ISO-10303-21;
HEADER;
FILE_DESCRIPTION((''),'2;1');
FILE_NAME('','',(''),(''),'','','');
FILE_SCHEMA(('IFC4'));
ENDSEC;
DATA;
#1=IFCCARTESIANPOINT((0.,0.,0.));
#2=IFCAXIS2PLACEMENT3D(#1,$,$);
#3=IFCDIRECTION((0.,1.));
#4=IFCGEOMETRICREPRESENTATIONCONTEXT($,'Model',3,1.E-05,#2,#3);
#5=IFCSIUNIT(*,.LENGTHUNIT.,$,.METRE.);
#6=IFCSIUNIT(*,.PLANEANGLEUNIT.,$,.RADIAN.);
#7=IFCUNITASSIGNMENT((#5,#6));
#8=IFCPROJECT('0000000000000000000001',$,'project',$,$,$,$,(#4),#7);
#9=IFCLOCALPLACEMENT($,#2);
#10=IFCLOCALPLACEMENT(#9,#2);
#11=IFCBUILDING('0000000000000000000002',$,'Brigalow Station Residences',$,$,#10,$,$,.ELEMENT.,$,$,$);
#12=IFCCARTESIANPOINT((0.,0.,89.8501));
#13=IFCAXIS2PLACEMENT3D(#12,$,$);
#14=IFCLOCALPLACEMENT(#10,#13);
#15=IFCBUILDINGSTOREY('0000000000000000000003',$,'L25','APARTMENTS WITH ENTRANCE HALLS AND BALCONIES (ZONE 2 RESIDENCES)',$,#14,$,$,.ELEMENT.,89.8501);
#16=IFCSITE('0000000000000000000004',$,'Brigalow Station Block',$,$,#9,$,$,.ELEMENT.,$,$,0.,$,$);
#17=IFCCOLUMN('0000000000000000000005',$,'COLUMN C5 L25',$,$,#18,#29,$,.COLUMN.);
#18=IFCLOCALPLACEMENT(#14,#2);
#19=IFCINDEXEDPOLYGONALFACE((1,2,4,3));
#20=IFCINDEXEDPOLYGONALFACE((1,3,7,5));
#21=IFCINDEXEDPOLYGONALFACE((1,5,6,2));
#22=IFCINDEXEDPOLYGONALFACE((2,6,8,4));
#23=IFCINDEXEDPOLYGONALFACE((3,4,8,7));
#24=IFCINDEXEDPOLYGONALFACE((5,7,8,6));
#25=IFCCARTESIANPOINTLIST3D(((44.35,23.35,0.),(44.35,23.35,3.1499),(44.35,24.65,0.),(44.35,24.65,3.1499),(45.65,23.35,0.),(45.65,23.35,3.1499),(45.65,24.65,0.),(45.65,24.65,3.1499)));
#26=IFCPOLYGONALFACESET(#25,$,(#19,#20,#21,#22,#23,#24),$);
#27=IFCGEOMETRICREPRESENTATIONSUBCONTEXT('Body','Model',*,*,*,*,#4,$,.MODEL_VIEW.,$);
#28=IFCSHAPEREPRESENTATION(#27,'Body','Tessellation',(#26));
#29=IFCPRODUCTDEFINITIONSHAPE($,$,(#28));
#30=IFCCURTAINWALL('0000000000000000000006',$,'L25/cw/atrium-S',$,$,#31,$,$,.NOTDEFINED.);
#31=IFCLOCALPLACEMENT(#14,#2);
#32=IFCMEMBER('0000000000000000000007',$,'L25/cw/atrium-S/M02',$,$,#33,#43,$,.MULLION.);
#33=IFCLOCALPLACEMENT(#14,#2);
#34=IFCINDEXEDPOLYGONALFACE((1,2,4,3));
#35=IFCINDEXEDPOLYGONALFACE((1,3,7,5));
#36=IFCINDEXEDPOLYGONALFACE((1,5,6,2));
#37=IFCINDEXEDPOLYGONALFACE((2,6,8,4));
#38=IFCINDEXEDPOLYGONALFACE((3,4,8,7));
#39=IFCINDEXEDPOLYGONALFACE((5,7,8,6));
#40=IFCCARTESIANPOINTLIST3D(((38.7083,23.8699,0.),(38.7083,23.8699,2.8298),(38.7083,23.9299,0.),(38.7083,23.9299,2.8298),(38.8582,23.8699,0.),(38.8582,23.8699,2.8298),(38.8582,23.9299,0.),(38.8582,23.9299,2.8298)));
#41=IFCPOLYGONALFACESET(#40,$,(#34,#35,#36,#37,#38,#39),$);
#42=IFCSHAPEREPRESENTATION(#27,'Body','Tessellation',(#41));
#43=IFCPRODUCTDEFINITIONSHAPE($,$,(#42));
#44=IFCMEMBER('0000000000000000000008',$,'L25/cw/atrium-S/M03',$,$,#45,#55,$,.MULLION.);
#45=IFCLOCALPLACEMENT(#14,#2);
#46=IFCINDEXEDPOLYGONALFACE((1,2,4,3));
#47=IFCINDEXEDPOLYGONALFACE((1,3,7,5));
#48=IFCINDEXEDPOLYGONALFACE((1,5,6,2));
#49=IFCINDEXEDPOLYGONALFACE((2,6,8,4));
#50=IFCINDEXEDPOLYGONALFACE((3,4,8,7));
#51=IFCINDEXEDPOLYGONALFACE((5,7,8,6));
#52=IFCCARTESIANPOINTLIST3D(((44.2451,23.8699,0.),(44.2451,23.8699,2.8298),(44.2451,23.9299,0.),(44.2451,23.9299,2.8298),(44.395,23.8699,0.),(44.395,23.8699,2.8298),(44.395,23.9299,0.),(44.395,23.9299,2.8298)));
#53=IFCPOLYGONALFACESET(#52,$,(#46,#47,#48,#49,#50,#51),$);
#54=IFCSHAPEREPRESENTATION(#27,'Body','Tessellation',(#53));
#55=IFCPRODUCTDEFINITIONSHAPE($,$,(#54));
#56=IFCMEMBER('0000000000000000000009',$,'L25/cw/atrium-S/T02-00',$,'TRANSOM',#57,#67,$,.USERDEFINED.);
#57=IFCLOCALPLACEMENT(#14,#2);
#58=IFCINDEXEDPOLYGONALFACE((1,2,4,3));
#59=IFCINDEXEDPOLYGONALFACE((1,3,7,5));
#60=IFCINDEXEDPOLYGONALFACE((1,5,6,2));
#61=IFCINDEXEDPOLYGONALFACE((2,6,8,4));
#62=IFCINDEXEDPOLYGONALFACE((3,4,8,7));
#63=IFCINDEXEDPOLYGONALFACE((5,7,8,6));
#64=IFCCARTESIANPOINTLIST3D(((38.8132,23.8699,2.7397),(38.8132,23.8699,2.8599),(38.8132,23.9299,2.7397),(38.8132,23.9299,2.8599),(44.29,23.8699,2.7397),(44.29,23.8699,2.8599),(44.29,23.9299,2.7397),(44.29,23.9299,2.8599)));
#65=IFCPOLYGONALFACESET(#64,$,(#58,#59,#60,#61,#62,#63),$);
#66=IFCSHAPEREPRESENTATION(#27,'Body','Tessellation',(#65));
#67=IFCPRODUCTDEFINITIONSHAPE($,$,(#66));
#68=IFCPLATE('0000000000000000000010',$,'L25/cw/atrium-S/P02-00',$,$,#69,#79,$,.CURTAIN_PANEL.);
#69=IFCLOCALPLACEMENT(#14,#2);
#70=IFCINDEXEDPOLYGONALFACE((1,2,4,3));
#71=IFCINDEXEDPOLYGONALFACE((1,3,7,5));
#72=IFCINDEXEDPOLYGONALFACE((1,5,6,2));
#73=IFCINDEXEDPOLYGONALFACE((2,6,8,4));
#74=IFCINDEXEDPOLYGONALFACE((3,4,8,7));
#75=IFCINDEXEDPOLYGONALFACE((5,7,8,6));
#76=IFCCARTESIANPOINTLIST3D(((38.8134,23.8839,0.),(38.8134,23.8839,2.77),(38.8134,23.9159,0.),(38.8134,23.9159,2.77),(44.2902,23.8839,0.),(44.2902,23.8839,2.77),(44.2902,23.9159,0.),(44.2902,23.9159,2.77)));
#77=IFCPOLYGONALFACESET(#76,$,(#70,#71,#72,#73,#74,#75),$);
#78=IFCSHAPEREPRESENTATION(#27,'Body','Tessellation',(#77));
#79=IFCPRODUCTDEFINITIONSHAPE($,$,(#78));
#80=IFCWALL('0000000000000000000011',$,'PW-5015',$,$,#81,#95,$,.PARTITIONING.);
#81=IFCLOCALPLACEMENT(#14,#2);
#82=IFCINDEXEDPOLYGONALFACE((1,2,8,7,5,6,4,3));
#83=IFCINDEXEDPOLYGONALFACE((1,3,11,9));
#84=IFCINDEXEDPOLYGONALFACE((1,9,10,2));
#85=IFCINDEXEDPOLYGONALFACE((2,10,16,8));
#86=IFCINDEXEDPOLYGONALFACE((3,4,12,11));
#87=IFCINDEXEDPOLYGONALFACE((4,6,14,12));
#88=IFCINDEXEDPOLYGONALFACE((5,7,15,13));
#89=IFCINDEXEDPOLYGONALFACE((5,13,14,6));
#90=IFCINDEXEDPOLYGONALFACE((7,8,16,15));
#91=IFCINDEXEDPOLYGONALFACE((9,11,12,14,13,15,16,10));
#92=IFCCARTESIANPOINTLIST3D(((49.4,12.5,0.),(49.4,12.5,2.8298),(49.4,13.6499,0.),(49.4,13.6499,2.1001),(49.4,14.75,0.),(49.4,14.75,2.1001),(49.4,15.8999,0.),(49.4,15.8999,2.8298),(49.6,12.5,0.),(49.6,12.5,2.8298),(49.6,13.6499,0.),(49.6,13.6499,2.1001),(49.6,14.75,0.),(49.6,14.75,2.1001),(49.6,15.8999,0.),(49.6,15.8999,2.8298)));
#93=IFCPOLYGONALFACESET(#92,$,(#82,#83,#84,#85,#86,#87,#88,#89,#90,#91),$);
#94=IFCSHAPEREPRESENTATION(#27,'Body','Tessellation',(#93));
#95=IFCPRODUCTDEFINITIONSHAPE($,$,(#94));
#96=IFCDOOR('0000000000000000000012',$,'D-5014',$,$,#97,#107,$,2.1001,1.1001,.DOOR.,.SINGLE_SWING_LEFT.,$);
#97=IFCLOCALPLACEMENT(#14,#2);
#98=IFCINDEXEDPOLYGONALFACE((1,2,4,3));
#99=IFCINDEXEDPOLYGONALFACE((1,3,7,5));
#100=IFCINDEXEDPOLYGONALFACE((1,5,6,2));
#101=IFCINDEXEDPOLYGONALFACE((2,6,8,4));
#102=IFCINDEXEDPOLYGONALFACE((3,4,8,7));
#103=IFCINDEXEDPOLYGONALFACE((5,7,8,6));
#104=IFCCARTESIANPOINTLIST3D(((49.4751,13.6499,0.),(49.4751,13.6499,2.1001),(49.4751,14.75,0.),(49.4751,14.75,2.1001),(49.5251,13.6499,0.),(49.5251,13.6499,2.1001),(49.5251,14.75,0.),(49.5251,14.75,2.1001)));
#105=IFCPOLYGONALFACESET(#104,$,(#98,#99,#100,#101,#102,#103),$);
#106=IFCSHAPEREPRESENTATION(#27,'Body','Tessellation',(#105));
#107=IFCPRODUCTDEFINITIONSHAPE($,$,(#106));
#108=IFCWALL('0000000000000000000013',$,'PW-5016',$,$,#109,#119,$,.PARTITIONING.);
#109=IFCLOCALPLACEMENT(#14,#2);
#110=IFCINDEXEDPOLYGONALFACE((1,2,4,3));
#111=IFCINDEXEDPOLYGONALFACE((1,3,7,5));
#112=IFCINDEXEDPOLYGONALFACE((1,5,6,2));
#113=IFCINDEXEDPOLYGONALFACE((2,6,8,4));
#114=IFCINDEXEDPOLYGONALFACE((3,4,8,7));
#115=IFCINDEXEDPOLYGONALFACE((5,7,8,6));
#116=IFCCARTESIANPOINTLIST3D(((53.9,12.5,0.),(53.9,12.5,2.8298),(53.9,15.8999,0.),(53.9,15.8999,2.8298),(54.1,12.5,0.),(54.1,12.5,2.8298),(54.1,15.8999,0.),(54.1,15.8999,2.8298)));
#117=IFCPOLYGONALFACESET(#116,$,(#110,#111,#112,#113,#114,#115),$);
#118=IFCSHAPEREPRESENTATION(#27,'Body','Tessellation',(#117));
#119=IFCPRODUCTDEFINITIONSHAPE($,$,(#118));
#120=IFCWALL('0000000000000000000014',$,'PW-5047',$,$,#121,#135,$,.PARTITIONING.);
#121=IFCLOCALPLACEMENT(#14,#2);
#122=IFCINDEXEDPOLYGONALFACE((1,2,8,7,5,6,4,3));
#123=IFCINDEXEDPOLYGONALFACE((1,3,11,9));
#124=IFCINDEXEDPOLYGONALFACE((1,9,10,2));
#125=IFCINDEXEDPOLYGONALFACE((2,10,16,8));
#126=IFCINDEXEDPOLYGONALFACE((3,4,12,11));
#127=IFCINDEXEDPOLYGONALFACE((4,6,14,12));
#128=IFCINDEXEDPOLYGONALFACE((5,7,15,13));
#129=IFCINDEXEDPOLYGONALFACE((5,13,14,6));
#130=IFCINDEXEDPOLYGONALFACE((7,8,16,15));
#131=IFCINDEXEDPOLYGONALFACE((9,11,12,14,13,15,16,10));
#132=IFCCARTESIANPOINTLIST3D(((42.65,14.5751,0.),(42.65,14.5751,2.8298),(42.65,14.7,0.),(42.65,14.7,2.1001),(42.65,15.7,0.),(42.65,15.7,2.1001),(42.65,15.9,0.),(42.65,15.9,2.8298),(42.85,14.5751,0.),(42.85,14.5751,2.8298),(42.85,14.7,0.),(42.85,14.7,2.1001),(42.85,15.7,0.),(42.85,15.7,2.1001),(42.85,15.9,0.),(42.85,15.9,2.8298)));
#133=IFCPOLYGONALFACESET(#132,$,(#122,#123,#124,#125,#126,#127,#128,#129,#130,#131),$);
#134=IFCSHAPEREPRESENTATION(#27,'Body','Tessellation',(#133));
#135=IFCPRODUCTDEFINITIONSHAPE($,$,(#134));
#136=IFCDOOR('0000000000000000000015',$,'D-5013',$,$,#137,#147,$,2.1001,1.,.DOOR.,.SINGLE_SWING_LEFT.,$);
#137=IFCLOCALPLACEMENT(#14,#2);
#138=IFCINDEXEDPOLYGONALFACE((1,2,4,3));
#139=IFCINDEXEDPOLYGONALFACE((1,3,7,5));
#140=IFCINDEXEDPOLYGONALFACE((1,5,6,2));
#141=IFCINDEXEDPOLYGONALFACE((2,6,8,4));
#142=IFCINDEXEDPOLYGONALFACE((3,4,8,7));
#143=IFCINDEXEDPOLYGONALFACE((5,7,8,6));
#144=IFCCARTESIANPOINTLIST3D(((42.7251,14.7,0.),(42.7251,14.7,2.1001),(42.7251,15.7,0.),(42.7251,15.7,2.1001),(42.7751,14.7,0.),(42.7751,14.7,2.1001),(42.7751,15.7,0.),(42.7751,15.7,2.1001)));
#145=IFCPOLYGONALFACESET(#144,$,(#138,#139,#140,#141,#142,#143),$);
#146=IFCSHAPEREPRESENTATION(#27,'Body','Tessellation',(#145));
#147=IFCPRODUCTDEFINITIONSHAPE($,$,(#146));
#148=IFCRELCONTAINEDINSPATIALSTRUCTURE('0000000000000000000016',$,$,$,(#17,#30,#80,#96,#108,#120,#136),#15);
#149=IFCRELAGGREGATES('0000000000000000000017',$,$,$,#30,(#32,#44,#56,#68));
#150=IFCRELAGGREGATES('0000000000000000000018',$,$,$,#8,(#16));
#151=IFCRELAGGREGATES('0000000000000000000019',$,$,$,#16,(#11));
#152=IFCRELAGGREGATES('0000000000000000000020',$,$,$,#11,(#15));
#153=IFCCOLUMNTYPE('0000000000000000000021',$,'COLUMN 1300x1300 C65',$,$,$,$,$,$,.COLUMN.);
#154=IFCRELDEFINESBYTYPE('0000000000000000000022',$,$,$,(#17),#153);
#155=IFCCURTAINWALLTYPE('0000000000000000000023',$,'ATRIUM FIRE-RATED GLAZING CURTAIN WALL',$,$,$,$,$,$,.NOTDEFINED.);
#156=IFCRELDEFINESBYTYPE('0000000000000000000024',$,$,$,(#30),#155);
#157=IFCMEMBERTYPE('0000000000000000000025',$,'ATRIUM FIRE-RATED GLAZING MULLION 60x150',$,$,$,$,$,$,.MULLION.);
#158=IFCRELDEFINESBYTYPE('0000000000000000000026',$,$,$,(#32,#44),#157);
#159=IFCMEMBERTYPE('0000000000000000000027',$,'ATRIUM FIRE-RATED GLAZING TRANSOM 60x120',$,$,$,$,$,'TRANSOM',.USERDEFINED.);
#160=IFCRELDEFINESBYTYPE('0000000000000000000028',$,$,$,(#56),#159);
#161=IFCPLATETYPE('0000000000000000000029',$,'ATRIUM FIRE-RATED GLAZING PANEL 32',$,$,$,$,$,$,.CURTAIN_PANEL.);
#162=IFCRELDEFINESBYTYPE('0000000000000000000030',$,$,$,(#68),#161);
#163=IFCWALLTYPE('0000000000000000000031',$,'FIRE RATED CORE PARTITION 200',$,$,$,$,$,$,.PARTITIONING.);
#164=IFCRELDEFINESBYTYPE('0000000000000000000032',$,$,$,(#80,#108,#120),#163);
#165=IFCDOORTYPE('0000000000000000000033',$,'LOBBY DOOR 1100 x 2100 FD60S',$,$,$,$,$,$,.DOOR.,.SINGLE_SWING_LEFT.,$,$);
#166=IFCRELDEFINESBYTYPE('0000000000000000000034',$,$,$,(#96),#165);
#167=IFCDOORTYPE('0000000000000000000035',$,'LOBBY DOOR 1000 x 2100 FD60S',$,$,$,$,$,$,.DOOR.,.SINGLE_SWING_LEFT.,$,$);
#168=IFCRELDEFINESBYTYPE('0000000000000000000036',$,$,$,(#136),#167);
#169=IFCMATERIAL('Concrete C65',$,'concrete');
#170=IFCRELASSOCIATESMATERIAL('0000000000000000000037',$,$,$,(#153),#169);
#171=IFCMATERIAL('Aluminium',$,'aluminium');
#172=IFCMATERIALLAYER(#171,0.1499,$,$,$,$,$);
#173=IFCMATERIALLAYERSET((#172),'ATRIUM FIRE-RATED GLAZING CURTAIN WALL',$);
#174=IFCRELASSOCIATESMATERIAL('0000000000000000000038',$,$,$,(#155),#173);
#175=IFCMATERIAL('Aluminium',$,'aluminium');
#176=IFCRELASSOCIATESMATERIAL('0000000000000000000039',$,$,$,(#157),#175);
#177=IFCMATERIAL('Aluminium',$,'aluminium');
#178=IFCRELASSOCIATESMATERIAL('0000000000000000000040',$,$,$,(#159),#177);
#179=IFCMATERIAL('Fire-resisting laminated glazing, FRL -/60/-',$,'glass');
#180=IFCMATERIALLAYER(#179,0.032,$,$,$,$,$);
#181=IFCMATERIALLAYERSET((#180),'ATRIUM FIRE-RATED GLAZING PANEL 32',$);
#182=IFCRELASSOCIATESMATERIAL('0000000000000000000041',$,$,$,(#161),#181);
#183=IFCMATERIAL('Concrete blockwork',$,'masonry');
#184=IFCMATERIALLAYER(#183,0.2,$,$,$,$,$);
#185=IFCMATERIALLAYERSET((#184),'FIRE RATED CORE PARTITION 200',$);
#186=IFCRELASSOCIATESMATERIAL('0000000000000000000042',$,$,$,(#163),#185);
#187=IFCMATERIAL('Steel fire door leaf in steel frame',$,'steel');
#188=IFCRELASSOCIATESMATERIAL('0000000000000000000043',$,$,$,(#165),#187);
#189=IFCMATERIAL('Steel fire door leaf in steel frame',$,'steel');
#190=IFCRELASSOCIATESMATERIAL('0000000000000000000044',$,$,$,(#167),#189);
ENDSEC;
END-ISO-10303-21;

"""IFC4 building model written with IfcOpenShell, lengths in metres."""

from ifc_helpers import new_model, si_unit, direction, frame, frame_2d, origin, origin_2d, place, context, subcontext, project, spatial, rectangle, extrude, material, layer, layer_set, material_profile, profile_set, type_object, element, fill, aggregate, save


model = new_model("IFC4")

# Units and contexts
model_context = context("Model", 3, precision=1e-05, world=origin(), true_north=direction((0.0, 1.0)))
body_context = subcontext(model_context, "Body", "Model", "MODEL_VIEW")
ifc_project = project(units=[si_unit("LENGTHUNIT", "METRE"), si_unit("PLANEANGLEUNIT", "RADIAN")], contexts=[model_context])

# Site, building, storey
site_placement = place(None, origin())
site = spatial("IfcSite", under=ifc_project, at=site_placement, Name="Brigalow Station Block", CompositionType="ELEMENT", RefElevation=0.0)
building_placement = place(site_placement, origin())
building = spatial("IfcBuilding", under=site, at=building_placement, Name="Brigalow Station Residences", CompositionType="ELEMENT")
storey_placement = place(building_placement, frame((0.0, 0.0, 89.8501)))
storey = spatial("IfcBuildingStorey", under=building, at=storey_placement, Name="L25", Description="APARTMENTS WITH ENTRANCE HALLS AND BALCONIES (ZONE 2 RESIDENCES)", CompositionType="ELEMENT", Elevation=89.8501)

# Column
ifc_material_1 = material(Name="Concrete C65", Category="concrete")
ifc_material_profile_1 = material_profile(ifc_material_1, rectangle(XDim=1.3, YDim=1.3, at=origin_2d()), Name="RC1300x1300")
ifc_profile_set_1 = profile_set([ifc_material_profile_1], Name="Concrete C65")
column_type = type_object("IfcColumnType", Name="COLUMN 1300x1300 C65", PredefinedType="COLUMN", material=ifc_profile_set_1)
column_placement = place(storey_placement, frame((45.0, 24.0, 0.0), z_axis=(0.0, 0.0, 1.0), x_axis=(1.0, 0.0, 0.0)))
element("IfcColumn", 1, at=column_placement, inside=storey, type_object=column_type, Name="COLUMN C5 L25", PredefinedType="COLUMN", context=body_context, shape_type="SweptSolid", body=[
    extrude(rectangle(XDim=1.3, YDim=1.3, at=origin_2d()), origin(), (0.0, 0.0, 1.0), 3.1499),
])

# Curtain wall, members, plate
ifc_material_2 = material(Name="Aluminium", Category="aluminium")
ifc_layer_1 = layer(ifc_material_2, 0.1499)
ifc_layer_set_1 = layer_set([ifc_layer_1], Name="ATRIUM FIRE-RATED GLAZING CURTAIN WALL")
curtain_wall_type = type_object("IfcCurtainWallType", Name="ATRIUM FIRE-RATED GLAZING CURTAIN WALL", PredefinedType="NOTDEFINED", material=ifc_layer_set_1)
curtain_wall_placement = place(storey_placement, origin())
curtain_wall = element("IfcCurtainWall", 2, at=curtain_wall_placement, inside=storey, type_object=curtain_wall_type, Name="L25/cw/atrium-S", PredefinedType="NOTDEFINED")
ifc_material_3 = material(Name="Aluminium", Category="aluminium")
ifc_material_profile_2 = material_profile(ifc_material_3, rectangle(XDim=0.0601, YDim=0.1499, at=origin_2d()), Name="ATRIUM FIRE-RATED GLAZING MULLION 60x150")
ifc_profile_set_2 = profile_set([ifc_material_profile_2], Name="Aluminium")
member_type_1 = type_object("IfcMemberType", Name="ATRIUM FIRE-RATED GLAZING MULLION 60x150", PredefinedType="MULLION", material=ifc_profile_set_2)
member_1_placement = place(storey_placement, frame((38.7832, 23.8999, 0.0), z_axis=(0.0, 0.0, 1.0), x_axis=(0.0, 1.0, 0.0)))
member_1 = element("IfcMember", 3, at=member_1_placement, type_object=member_type_1, Name="L25/cw/atrium-S/M02", PredefinedType="MULLION", context=body_context, shape_type="SweptSolid", body=[
    extrude(rectangle(XDim=0.0601, YDim=0.1499, at=origin_2d()), origin(), (0.0, 0.0, 1.0), 2.8298),
])
member_2_placement = place(storey_placement, frame((44.3201, 23.8999, 0.0), z_axis=(0.0, 0.0, 1.0), x_axis=(0.0, 1.0, 0.0)))
member_2 = element("IfcMember", 4, at=member_2_placement, type_object=member_type_1, Name="L25/cw/atrium-S/M03", PredefinedType="MULLION", context=body_context, shape_type="SweptSolid", body=[
    extrude(rectangle(XDim=0.0601, YDim=0.1499, at=origin_2d()), origin(), (0.0, 0.0, 1.0), 2.8298),
])
ifc_material_4 = material(Name="Aluminium", Category="aluminium")
ifc_material_profile_3 = material_profile(ifc_material_4, rectangle(XDim=0.0601, YDim=0.1201, at=origin_2d()), Name="ATRIUM FIRE-RATED GLAZING TRANSOM 60x120")
ifc_profile_set_3 = profile_set([ifc_material_profile_3], Name="Aluminium")
member_type_2 = type_object("IfcMemberType", Name="ATRIUM FIRE-RATED GLAZING TRANSOM 60x120", ElementType="TRANSOM", PredefinedType="USERDEFINED", material=ifc_profile_set_3)
member_3_placement = place(storey_placement, frame((38.8132, 23.8999, 2.7998), z_axis=(1.0, 0.0, 0.0), x_axis=(0.0, 1.0, 0.0)))
member_3 = element("IfcMember", 5, at=member_3_placement, type_object=member_type_2, Name="L25/cw/atrium-S/T02-00", ObjectType="TRANSOM", PredefinedType="USERDEFINED", context=body_context, shape_type="SweptSolid", body=[
    extrude(rectangle(XDim=0.0601, YDim=0.1201, at=origin_2d()), origin(), (0.0, 0.0, 1.0), 5.4768),
])
ifc_material_5 = material(Name="Fire-resisting laminated glazing, FRL -/60/-", Category="glass")
ifc_layer_2 = layer(ifc_material_5, 0.032)
ifc_layer_set_2 = layer_set([ifc_layer_2], Name="ATRIUM FIRE-RATED GLAZING PANEL 32")
plate_type = type_object("IfcPlateType", Name="ATRIUM FIRE-RATED GLAZING PANEL 32", PredefinedType="CURTAIN_PANEL", material=ifc_layer_set_2)
plate_placement = place(storey_placement, frame((41.5518, 23.8999, 0.0), z_axis=(0.0, 0.0, 1.0), x_axis=(1.0, 0.0, 0.0)))
plate = element("IfcPlate", 6, at=plate_placement, type_object=plate_type, Name="L25/cw/atrium-S/P02-00", PredefinedType="CURTAIN_PANEL", context=body_context, shape_type="SweptSolid", body=[
    extrude(rectangle(XDim=5.4768, YDim=0.032, at=origin_2d()), origin(), (0.0, 0.0, 1.0), 2.77),
])
aggregate(curtain_wall, [member_1, member_2, member_3, plate])

# Wall, opening, door
ifc_material_6 = material(Name="Concrete blockwork", Category="masonry")
ifc_layer_3 = layer(ifc_material_6, 0.2)
ifc_layer_set_3 = layer_set([ifc_layer_3], Name="FIRE RATED CORE PARTITION 200")
wall_type_1 = type_object("IfcWallType", Name="FIRE RATED CORE PARTITION 200", PredefinedType="PARTITIONING", material=ifc_layer_set_3)
wall_1_placement = place(storey_placement, frame((49.5, 12.5, 0.0), z_axis=(0.0, 0.0, 1.0), x_axis=(0.0, 1.0, 0.0)))
wall_1 = element("IfcWall", 7, at=wall_1_placement, inside=storey, type_object=wall_type_1, Name="PW-5015", PredefinedType="PARTITIONING", context=body_context, shape_type="SweptSolid", body=[
    extrude(rectangle(XDim=3.3999, YDim=0.2, at=frame_2d((1.7, 0.0))), origin(), (0.0, 0.0, 1.0), 2.8298),
])
opening_1_placement = place(wall_1_placement, frame((1.1499, 0.0, 0.0)))
opening_1 = element("IfcOpeningElement", 8, at=opening_1_placement, cuts=wall_1, PredefinedType="OPENING", context=body_context, shape_type="SweptSolid", body=[
    extrude(rectangle(XDim=1.1001, YDim=2.1001, at=frame_2d((0.55, 1.05))), frame((0.0, 0.1099, 0.0), z_axis=(0.0, -1.0, 0.0), x_axis=(1.0, 0.0, 0.0)), (0.0, 0.0, 1.0), 0.22),
])
ifc_material_7 = material(Name="Steel fire door leaf in steel frame", Category="steel")
door_type_1 = type_object("IfcDoorType", Name="LOBBY DOOR 1100 x 2100 FD60S", OperationType="SINGLE_SWING_LEFT", PredefinedType="DOOR", material=ifc_material_7)
door_1_placement = place(opening_1_placement, origin())
door_1 = element("IfcDoor", 9, at=door_1_placement, inside=storey, type_object=door_type_1, Name="D-5014", OperationType="SINGLE_SWING_LEFT", OverallHeight=2.1001, OverallWidth=1.1001, PredefinedType="DOOR", context=body_context, shape_type="SweptSolid", body=[
    extrude(rectangle(XDim=1.1001, YDim=2.1001, at=frame_2d((0.55, 1.05))), frame((0.0, 0.0249, 0.0), z_axis=(0.0, -1.0, 0.0), x_axis=(1.0, 0.0, 0.0)), (0.0, 0.0, 1.0), 0.05),
])
fill(opening_1, door_1)

# Wall
wall_2_placement = place(storey_placement, frame((54.0, 12.5, 0.0), z_axis=(0.0, 0.0, 1.0), x_axis=(0.0, 1.0, 0.0)))
element("IfcWall", 10, at=wall_2_placement, inside=storey, type_object=wall_type_1, Name="PW-5016", PredefinedType="PARTITIONING", context=body_context, shape_type="SweptSolid", body=[
    extrude(rectangle(XDim=3.3999, YDim=0.2, at=frame_2d((1.7, 0.0))), origin(), (0.0, 0.0, 1.0), 2.8298),
])

# Wall, opening, door
wall_3_placement = place(storey_placement, frame((42.75, 14.575, 0.0), z_axis=(0.0, 0.0, 1.0), x_axis=(0.0, 1.0, 0.0)))
wall_3 = element("IfcWall", 11, at=wall_3_placement, inside=storey, type_object=wall_type_1, Name="PW-5047", PredefinedType="PARTITIONING", context=body_context, shape_type="SweptSolid", body=[
    extrude(rectangle(XDim=1.325, YDim=0.2, at=frame_2d((0.6626, 0.0))), origin(), (0.0, 0.0, 1.0), 2.8298),
])
opening_2_placement = place(wall_3_placement, frame((0.125, 0.0, 0.0)))
opening_2 = element("IfcOpeningElement", 12, at=opening_2_placement, cuts=wall_3, PredefinedType="OPENING", context=body_context, shape_type="SweptSolid", body=[
    extrude(rectangle(XDim=1.0, YDim=2.1001, at=frame_2d((0.5, 1.05))), frame((0.0, 0.1099, 0.0), z_axis=(0.0, -1.0, 0.0), x_axis=(1.0, 0.0, 0.0)), (0.0, 0.0, 1.0), 0.22),
])
ifc_material_8 = material(Name="Steel fire door leaf in steel frame", Category="steel")
door_type_2 = type_object("IfcDoorType", Name="LOBBY DOOR 1000 x 2100 FD60S", OperationType="SINGLE_SWING_LEFT", PredefinedType="DOOR", material=ifc_material_8)
door_2_placement = place(opening_2_placement, origin())
door_2 = element("IfcDoor", 13, at=door_2_placement, inside=storey, type_object=door_type_2, Name="D-5013", OperationType="SINGLE_SWING_LEFT", OverallHeight=2.1001, OverallWidth=1.0, PredefinedType="DOOR", context=body_context, shape_type="SweptSolid", body=[
    extrude(rectangle(XDim=1.0, YDim=2.1001, at=frame_2d((0.5, 1.05))), frame((0.0, 0.0249, 0.0), z_axis=(0.0, -1.0, 0.0), x_axis=(1.0, 0.0, 0.0)), (0.0, 0.0, 1.0), 0.05),
])
fill(opening_2, door_2)

save(model, "model.ifc")
